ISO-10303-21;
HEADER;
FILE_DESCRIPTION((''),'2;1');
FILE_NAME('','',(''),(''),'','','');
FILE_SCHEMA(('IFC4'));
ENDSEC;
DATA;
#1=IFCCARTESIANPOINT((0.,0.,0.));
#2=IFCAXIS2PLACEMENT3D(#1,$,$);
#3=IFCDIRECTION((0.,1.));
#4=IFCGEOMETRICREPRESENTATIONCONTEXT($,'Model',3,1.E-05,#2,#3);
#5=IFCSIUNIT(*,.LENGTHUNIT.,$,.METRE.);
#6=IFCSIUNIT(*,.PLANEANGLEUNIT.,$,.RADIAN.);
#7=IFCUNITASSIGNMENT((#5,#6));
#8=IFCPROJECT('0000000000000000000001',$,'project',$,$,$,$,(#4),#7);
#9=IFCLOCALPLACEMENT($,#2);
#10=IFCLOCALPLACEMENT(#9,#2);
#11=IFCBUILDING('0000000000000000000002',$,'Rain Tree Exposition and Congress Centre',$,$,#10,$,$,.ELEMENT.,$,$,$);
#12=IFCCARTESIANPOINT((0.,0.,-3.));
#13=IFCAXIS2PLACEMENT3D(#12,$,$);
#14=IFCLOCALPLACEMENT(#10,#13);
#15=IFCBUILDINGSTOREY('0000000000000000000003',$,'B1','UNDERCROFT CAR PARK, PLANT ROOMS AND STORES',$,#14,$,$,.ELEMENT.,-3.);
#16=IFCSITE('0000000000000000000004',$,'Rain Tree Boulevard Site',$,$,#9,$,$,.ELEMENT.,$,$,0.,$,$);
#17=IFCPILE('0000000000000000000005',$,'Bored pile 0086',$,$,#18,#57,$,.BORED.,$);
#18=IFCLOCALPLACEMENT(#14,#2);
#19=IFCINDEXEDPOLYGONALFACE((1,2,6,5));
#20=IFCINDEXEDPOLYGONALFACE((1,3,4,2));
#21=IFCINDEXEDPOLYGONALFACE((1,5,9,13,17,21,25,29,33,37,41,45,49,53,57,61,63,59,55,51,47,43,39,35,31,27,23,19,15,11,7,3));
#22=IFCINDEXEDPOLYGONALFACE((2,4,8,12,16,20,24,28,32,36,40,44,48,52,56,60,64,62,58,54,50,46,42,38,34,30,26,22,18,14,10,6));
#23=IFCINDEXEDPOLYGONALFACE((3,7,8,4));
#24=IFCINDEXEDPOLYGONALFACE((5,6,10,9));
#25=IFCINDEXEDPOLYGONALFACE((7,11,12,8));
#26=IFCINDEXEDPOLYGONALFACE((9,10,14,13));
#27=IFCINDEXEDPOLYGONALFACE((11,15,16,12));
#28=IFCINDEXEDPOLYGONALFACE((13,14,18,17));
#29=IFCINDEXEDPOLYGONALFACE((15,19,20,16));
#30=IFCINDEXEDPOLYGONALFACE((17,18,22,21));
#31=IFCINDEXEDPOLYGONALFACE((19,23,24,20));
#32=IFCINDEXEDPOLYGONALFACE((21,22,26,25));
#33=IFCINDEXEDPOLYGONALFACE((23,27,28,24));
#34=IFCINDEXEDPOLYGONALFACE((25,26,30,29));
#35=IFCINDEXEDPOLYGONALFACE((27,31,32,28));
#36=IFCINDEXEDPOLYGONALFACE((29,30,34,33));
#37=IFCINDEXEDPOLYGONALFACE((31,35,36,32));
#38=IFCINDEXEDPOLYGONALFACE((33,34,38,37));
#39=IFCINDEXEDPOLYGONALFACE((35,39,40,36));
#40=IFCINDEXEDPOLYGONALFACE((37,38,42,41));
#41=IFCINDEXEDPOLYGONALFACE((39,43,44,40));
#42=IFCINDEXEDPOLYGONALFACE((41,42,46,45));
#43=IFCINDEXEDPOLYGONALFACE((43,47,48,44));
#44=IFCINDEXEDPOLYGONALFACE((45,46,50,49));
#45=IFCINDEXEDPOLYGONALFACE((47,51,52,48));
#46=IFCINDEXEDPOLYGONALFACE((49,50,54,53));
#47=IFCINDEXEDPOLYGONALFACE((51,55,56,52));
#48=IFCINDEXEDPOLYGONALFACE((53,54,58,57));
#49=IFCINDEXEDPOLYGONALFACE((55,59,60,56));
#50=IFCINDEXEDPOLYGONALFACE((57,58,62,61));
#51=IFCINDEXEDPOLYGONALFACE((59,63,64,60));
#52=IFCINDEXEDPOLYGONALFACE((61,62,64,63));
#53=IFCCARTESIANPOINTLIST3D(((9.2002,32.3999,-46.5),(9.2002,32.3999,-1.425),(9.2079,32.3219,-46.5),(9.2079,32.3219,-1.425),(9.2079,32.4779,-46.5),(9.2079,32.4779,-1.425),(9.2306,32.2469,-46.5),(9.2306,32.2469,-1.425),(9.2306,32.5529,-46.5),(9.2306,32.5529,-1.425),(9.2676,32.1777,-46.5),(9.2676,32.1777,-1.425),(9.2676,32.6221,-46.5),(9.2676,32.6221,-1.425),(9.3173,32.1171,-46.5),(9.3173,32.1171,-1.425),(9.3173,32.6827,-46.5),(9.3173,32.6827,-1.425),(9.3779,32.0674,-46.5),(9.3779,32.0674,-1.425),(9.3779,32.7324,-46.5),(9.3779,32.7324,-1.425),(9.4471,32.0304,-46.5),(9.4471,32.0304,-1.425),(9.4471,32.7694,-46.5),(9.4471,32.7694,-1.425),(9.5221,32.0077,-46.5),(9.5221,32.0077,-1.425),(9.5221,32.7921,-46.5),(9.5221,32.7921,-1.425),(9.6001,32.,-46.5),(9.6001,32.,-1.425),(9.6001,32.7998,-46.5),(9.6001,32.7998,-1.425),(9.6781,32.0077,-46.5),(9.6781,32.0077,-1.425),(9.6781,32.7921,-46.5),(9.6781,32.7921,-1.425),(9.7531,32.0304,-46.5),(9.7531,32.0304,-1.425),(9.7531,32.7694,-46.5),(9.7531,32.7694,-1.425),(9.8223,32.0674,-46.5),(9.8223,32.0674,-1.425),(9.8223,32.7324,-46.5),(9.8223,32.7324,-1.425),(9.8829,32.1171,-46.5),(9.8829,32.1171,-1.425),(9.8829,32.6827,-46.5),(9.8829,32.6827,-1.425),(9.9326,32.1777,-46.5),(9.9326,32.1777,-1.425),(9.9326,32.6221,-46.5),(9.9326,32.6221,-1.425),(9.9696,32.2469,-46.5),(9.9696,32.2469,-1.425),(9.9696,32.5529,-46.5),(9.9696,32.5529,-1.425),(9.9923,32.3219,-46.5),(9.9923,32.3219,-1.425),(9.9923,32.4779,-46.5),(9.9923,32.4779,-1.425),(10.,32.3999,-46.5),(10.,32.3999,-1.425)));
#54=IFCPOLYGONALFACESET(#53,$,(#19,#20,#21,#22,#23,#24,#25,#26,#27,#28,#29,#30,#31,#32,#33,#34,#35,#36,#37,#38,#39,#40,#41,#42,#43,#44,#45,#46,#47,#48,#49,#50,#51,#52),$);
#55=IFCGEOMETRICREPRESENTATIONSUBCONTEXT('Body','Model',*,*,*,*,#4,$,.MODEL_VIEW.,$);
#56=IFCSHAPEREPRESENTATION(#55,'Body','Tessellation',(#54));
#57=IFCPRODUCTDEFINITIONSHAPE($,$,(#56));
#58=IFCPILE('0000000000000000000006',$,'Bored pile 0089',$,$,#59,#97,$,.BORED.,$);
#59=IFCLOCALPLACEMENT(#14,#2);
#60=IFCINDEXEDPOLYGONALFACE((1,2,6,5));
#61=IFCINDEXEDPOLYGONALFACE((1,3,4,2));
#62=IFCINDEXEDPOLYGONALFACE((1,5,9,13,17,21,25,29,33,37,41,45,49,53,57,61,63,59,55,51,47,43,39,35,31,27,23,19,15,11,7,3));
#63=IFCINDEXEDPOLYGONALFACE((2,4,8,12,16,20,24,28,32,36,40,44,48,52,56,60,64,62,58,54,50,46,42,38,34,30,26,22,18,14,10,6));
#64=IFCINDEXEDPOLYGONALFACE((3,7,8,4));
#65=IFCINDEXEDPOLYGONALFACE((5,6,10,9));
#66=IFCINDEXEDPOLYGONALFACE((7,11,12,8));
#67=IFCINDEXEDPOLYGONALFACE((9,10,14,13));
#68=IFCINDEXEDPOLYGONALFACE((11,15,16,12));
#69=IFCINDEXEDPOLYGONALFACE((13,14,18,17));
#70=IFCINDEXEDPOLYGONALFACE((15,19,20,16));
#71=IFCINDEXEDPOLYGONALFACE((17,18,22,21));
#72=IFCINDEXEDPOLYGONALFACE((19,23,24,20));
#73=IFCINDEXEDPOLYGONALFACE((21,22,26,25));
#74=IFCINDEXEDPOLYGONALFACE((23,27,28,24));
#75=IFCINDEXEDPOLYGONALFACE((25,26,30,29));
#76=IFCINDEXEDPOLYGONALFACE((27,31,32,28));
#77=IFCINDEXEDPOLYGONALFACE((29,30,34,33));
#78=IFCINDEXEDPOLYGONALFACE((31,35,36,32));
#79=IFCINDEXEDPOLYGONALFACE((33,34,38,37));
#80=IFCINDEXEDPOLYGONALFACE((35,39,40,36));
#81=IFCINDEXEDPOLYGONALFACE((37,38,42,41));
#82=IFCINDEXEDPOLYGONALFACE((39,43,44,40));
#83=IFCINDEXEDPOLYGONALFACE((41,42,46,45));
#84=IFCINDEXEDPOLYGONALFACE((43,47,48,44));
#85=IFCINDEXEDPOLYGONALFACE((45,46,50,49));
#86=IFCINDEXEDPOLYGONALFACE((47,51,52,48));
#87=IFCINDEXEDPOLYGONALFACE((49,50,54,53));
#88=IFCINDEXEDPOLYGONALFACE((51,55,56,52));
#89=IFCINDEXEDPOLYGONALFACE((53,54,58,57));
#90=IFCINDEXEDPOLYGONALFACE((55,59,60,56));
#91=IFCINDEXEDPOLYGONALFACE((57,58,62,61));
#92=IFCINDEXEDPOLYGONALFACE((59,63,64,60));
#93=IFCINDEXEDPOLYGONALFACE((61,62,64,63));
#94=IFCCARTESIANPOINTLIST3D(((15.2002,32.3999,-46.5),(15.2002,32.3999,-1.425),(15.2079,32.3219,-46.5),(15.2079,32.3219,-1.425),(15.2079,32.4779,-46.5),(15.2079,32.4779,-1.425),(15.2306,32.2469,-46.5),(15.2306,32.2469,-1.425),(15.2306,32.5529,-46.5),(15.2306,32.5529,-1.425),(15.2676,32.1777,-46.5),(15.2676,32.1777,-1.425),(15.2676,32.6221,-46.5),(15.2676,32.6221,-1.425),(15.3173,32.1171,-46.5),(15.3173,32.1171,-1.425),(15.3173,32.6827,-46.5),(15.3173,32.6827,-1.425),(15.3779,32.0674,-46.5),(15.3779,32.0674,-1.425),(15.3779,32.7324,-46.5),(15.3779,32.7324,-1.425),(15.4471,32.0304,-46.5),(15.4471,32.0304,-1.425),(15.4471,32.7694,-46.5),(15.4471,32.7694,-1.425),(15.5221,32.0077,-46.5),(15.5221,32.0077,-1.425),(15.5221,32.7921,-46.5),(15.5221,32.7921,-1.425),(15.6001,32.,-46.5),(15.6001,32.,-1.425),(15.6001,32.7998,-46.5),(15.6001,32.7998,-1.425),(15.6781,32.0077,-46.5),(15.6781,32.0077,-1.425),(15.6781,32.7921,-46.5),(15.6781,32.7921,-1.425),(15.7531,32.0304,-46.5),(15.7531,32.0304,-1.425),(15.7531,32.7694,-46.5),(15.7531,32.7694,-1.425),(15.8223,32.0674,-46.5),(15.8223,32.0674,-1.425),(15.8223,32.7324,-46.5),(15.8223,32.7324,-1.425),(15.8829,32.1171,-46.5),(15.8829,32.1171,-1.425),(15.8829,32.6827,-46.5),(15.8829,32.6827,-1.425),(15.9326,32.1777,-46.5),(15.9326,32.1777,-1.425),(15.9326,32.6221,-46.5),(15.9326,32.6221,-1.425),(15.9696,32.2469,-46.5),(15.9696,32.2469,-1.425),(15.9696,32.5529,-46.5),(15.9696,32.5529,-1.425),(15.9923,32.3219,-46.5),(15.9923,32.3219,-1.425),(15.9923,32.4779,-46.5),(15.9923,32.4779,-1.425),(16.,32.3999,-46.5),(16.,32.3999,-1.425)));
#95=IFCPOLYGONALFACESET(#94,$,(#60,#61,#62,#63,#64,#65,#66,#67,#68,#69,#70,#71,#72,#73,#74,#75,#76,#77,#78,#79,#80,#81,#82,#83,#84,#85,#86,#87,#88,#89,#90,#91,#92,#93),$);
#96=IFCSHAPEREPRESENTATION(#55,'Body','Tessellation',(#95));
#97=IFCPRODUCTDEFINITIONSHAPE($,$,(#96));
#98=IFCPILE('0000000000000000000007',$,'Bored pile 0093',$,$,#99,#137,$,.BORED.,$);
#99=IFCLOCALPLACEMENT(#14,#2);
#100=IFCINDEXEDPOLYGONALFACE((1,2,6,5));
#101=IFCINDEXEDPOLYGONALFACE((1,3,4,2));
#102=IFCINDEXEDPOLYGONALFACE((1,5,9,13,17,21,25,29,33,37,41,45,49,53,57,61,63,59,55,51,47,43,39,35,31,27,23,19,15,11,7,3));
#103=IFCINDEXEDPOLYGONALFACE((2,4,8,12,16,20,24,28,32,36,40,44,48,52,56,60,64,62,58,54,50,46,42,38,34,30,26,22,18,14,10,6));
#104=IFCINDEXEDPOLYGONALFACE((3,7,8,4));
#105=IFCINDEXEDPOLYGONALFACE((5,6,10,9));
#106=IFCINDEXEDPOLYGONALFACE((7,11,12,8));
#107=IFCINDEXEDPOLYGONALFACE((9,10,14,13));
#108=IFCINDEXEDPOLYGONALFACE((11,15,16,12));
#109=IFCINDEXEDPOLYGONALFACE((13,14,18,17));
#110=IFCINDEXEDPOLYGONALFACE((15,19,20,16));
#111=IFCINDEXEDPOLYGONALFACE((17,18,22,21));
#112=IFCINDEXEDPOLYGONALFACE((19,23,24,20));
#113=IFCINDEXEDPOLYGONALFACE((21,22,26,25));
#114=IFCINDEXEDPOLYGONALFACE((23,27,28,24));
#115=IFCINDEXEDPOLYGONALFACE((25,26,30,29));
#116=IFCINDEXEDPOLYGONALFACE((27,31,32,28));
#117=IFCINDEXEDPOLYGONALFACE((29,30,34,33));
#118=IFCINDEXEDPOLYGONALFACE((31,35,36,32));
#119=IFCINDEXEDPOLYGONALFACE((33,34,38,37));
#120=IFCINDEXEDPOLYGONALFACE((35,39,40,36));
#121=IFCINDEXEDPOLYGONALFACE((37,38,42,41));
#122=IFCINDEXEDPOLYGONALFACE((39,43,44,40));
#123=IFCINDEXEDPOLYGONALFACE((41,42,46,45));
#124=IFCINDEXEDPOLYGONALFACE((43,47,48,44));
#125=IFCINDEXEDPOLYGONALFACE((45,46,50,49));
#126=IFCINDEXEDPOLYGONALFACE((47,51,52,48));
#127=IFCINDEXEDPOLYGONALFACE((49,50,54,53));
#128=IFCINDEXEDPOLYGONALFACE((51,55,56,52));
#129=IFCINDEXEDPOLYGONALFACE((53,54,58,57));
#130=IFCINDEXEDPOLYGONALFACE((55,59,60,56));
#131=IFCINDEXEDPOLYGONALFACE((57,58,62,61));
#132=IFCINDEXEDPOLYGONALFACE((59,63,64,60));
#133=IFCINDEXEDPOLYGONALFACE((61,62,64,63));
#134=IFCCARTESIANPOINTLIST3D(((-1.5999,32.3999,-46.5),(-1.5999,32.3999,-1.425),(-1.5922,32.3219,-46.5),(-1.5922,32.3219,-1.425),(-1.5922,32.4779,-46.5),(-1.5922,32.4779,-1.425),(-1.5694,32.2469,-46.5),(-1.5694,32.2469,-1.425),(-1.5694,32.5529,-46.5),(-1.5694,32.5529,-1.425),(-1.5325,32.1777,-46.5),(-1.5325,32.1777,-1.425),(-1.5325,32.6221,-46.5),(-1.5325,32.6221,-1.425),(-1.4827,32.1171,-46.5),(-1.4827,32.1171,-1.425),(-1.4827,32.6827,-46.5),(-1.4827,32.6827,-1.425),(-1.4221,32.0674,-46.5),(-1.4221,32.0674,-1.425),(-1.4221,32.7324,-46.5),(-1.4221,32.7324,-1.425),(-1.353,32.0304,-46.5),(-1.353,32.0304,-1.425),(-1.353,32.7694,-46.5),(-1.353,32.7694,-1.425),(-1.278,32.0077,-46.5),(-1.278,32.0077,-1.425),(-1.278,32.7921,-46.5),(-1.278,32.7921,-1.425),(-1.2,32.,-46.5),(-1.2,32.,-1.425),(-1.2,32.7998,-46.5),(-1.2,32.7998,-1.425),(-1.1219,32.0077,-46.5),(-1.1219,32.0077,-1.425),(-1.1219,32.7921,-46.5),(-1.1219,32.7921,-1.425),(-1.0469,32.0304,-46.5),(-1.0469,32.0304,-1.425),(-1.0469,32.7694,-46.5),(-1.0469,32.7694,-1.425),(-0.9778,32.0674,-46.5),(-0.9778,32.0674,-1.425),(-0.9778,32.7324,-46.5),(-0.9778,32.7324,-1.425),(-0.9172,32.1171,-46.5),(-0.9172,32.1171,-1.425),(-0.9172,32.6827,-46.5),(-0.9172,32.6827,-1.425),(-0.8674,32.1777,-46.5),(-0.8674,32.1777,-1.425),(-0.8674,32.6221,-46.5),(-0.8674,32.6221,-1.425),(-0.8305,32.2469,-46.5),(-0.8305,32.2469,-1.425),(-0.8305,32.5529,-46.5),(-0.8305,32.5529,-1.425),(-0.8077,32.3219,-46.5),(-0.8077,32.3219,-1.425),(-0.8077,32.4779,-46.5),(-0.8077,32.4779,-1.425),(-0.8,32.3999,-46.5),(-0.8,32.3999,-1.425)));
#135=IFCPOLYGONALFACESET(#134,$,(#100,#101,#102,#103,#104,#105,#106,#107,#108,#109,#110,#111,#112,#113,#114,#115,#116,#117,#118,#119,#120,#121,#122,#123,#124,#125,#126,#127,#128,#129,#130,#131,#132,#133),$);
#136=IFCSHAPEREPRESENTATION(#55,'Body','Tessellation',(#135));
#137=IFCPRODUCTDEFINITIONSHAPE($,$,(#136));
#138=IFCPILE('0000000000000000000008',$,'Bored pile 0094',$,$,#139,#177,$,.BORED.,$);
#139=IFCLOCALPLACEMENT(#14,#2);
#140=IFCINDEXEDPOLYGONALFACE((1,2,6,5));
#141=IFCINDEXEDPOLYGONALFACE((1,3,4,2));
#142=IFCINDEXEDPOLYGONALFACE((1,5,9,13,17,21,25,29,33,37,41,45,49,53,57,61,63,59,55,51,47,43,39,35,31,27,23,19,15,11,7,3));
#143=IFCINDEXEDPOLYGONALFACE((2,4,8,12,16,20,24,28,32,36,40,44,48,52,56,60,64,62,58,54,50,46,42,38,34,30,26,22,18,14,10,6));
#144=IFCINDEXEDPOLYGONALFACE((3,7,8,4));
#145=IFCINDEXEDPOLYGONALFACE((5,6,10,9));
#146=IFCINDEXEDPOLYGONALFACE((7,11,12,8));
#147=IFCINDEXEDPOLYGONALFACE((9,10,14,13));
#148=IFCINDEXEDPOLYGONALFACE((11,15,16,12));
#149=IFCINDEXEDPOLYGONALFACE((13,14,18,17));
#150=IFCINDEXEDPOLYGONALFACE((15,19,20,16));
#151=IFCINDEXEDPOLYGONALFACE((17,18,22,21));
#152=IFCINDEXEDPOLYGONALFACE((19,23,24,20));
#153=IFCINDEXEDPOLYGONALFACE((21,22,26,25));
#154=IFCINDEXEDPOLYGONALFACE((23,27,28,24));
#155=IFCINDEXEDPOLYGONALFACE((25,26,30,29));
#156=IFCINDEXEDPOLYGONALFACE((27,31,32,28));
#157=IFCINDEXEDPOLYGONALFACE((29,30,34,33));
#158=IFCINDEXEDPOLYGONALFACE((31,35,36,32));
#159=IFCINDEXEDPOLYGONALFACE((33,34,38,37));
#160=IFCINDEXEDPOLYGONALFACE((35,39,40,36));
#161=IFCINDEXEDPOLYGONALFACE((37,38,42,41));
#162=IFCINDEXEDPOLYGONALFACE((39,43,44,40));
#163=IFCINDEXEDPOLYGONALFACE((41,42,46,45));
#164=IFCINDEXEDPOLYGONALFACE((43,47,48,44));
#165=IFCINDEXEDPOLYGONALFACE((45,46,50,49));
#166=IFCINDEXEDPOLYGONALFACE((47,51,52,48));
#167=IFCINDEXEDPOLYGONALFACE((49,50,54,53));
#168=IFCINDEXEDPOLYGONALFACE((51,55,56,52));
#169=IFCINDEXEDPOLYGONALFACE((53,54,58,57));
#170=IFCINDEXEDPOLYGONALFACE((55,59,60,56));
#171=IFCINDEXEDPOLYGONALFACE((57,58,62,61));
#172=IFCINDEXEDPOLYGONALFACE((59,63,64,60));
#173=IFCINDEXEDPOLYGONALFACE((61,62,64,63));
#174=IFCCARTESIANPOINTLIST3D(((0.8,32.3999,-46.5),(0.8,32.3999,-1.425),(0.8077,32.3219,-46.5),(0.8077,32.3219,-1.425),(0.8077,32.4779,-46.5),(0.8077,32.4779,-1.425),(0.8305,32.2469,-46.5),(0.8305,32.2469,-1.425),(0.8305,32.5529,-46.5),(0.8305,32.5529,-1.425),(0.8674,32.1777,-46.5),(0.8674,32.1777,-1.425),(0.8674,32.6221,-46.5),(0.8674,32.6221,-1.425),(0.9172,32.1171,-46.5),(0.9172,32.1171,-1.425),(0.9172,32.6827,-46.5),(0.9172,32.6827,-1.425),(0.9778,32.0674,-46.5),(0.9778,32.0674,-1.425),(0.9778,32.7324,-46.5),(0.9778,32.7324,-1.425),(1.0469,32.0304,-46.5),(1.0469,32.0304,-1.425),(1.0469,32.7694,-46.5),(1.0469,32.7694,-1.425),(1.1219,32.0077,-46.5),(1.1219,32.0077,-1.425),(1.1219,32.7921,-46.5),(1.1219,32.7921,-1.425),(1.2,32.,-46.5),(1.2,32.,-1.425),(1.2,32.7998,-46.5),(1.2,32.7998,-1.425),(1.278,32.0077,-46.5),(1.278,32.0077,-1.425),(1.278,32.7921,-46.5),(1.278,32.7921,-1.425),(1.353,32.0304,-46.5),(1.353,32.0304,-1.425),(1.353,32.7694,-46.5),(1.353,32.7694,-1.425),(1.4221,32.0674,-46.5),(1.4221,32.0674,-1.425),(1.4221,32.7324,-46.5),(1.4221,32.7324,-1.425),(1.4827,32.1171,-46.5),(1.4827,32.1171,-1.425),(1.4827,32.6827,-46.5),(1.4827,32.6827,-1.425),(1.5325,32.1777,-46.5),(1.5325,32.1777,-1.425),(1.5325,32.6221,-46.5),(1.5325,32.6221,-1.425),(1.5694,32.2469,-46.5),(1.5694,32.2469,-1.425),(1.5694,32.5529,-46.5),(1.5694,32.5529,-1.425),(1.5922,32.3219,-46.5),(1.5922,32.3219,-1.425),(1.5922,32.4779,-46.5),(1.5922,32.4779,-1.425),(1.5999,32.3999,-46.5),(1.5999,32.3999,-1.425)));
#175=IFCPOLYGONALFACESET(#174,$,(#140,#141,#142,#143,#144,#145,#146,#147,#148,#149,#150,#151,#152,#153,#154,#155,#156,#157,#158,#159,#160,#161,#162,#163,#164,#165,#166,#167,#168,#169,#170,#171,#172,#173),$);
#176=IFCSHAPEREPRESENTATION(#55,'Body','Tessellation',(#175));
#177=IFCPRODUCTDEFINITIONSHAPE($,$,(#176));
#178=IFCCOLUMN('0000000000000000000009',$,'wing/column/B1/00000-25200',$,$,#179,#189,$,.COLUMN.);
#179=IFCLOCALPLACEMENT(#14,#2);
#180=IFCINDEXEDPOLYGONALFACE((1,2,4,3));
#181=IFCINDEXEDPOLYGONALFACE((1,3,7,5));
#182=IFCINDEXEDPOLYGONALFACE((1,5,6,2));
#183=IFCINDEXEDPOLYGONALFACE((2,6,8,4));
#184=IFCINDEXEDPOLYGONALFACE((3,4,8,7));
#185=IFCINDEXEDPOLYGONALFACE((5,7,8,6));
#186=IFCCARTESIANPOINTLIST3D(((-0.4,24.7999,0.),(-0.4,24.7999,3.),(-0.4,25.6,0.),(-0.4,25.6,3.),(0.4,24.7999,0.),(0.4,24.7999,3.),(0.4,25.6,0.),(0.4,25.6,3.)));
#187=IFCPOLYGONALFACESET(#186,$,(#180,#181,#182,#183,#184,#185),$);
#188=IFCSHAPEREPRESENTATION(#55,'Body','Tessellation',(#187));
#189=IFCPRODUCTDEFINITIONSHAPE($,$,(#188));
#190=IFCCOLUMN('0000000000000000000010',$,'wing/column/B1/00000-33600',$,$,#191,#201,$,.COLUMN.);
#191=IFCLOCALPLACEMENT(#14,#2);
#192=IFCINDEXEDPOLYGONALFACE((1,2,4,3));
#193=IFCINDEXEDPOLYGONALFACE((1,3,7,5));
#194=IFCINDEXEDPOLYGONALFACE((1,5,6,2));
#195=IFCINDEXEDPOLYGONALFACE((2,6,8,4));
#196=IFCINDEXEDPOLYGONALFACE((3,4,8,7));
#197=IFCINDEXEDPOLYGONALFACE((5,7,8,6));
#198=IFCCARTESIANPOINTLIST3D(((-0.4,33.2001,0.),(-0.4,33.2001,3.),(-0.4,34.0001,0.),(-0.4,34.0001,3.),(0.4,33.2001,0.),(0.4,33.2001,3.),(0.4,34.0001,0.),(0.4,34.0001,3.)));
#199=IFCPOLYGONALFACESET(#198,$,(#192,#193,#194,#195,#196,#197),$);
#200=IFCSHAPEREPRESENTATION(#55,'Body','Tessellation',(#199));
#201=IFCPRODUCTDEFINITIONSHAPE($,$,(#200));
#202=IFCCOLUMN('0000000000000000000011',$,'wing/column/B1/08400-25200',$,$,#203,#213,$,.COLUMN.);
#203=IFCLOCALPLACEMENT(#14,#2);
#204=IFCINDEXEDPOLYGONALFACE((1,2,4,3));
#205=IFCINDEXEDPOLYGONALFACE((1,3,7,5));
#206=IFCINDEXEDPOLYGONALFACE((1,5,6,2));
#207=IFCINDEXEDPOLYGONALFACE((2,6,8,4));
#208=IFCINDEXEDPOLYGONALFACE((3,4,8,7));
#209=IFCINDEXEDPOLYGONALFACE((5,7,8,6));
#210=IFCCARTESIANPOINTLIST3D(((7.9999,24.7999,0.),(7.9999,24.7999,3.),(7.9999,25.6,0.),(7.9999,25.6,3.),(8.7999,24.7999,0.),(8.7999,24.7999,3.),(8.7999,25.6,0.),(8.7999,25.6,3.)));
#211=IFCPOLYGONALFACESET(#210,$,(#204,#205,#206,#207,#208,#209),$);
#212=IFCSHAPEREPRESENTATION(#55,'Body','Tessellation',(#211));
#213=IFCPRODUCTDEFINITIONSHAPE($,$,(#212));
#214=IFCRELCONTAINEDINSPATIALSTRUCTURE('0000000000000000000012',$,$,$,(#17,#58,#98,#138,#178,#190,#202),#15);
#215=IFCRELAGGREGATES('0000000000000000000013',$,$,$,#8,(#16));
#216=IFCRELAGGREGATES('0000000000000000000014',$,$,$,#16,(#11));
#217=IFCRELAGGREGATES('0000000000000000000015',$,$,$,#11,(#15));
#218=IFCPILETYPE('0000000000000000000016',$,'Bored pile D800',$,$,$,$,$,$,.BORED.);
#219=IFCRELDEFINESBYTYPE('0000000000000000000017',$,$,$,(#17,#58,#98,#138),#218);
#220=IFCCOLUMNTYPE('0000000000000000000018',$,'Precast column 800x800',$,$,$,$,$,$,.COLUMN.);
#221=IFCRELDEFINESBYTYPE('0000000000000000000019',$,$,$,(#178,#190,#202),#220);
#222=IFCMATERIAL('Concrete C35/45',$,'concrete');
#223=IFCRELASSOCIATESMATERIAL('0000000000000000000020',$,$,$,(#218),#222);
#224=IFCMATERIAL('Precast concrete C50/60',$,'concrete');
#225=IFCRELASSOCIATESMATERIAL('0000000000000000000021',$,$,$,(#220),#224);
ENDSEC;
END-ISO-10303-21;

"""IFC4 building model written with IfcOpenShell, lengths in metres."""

from ifc_helpers import new_model, si_unit, direction, frame, origin, origin_2d, place, context, subcontext, project, spatial, rectangle, circle, extrude, material, material_profile, profile_set, type_object, element, save


model = new_model("IFC4")

# Units and contexts
model_context = context("Model", 3, precision=1e-05, world=origin(), true_north=direction((0.0, 1.0)))
body_context = subcontext(model_context, "Body", "Model", "MODEL_VIEW")
ifc_project = project(units=[si_unit("LENGTHUNIT", "METRE"), si_unit("PLANEANGLEUNIT", "RADIAN")], contexts=[model_context])

# Site, building, storey
site_placement = place(None, origin())
site = spatial("IfcSite", under=ifc_project, at=site_placement, Name="Rain Tree Boulevard Site", CompositionType="ELEMENT", RefElevation=0.0)
building_placement = place(site_placement, origin())
building = spatial("IfcBuilding", under=site, at=building_placement, Name="Rain Tree Exposition and Congress Centre", CompositionType="ELEMENT")
storey_placement = place(building_placement, frame((0.0, 0.0, -3.0)))
storey = spatial("IfcBuildingStorey", under=building, at=storey_placement, Name="B1", Description="UNDERCROFT CAR PARK, PLANT ROOMS AND STORES", CompositionType="ELEMENT", Elevation=-3.0)

# Piles
ifc_material_1 = material(Name="Concrete C35/45", Category="concrete")
ifc_material_profile_1 = material_profile(ifc_material_1, circle(Radius=0.3999, at=origin_2d()), Name="D800")
ifc_profile_set_1 = profile_set([ifc_material_profile_1], Name="Concrete C35/45")
pile_type = type_object("IfcPileType", Name="Bored pile D800", PredefinedType="BORED", material=ifc_profile_set_1)
for number, where, z_axis, x_axis, name in (
    (1, (9.6001, 32.3999, -1.425), (0.0, 0.0, -1.0), (1.0, 0.0, 0.0), "Bored pile 0086"),
    (2, (15.6001, 32.3999, -1.425), (0.0, 0.0, -1.0), (1.0, 0.0, 0.0), "Bored pile 0089"),
    (3, (-1.2, 32.3999, -1.425), (0.0, 0.0, -1.0), (1.0, 0.0, 0.0), "Bored pile 0093"),
    (4, (1.2, 32.3999, -1.425), (0.0, 0.0, -1.0), (1.0, 0.0, 0.0), "Bored pile 0094"),
):
    element("IfcPile", number, at=place(storey_placement, frame(where, z_axis=z_axis, x_axis=x_axis)), inside=storey, type_object=pile_type, Name=name, PredefinedType="BORED", context=body_context, shape_type="SweptSolid", body=[
        extrude(circle(Radius=0.3999, at=origin_2d()), origin(), (0.0, 0.0, 1.0), 45.075),
    ])

# Columns
ifc_material_2 = material(Name="Precast concrete C50/60", Category="concrete")
ifc_material_profile_2 = material_profile(ifc_material_2, rectangle(XDim=0.8, YDim=0.8, at=origin_2d()), Name="RC 800x800")
ifc_profile_set_2 = profile_set([ifc_material_profile_2], Name="Precast concrete C50/60")
column_type = type_object("IfcColumnType", Name="Precast column 800x800", PredefinedType="COLUMN", material=ifc_profile_set_2)
for number, where, z_axis, x_axis, name in (
    (5, (0.0, 25.2, 0.0), (0.0, 0.0, 1.0), (1.0, 0.0, 0.0), "wing/column/B1/00000-25200"),
    (6, (0.0, 33.6001, 0.0), (0.0, 0.0, 1.0), (1.0, 0.0, 0.0), "wing/column/B1/00000-33600"),
    (7, (8.3999, 25.2, 0.0), (0.0, 0.0, 1.0), (1.0, 0.0, 0.0), "wing/column/B1/08400-25200"),
):
    element("IfcColumn", number, at=place(storey_placement, frame(where, z_axis=z_axis, x_axis=x_axis)), inside=storey, type_object=column_type, Name=name, PredefinedType="COLUMN", context=body_context, shape_type="SweptSolid", body=[
        extrude(rectangle(XDim=0.8, YDim=0.8, at=origin_2d()), origin(), (0.0, 0.0, 1.0), 3.0),
    ])

save(model, "model.ifc")
